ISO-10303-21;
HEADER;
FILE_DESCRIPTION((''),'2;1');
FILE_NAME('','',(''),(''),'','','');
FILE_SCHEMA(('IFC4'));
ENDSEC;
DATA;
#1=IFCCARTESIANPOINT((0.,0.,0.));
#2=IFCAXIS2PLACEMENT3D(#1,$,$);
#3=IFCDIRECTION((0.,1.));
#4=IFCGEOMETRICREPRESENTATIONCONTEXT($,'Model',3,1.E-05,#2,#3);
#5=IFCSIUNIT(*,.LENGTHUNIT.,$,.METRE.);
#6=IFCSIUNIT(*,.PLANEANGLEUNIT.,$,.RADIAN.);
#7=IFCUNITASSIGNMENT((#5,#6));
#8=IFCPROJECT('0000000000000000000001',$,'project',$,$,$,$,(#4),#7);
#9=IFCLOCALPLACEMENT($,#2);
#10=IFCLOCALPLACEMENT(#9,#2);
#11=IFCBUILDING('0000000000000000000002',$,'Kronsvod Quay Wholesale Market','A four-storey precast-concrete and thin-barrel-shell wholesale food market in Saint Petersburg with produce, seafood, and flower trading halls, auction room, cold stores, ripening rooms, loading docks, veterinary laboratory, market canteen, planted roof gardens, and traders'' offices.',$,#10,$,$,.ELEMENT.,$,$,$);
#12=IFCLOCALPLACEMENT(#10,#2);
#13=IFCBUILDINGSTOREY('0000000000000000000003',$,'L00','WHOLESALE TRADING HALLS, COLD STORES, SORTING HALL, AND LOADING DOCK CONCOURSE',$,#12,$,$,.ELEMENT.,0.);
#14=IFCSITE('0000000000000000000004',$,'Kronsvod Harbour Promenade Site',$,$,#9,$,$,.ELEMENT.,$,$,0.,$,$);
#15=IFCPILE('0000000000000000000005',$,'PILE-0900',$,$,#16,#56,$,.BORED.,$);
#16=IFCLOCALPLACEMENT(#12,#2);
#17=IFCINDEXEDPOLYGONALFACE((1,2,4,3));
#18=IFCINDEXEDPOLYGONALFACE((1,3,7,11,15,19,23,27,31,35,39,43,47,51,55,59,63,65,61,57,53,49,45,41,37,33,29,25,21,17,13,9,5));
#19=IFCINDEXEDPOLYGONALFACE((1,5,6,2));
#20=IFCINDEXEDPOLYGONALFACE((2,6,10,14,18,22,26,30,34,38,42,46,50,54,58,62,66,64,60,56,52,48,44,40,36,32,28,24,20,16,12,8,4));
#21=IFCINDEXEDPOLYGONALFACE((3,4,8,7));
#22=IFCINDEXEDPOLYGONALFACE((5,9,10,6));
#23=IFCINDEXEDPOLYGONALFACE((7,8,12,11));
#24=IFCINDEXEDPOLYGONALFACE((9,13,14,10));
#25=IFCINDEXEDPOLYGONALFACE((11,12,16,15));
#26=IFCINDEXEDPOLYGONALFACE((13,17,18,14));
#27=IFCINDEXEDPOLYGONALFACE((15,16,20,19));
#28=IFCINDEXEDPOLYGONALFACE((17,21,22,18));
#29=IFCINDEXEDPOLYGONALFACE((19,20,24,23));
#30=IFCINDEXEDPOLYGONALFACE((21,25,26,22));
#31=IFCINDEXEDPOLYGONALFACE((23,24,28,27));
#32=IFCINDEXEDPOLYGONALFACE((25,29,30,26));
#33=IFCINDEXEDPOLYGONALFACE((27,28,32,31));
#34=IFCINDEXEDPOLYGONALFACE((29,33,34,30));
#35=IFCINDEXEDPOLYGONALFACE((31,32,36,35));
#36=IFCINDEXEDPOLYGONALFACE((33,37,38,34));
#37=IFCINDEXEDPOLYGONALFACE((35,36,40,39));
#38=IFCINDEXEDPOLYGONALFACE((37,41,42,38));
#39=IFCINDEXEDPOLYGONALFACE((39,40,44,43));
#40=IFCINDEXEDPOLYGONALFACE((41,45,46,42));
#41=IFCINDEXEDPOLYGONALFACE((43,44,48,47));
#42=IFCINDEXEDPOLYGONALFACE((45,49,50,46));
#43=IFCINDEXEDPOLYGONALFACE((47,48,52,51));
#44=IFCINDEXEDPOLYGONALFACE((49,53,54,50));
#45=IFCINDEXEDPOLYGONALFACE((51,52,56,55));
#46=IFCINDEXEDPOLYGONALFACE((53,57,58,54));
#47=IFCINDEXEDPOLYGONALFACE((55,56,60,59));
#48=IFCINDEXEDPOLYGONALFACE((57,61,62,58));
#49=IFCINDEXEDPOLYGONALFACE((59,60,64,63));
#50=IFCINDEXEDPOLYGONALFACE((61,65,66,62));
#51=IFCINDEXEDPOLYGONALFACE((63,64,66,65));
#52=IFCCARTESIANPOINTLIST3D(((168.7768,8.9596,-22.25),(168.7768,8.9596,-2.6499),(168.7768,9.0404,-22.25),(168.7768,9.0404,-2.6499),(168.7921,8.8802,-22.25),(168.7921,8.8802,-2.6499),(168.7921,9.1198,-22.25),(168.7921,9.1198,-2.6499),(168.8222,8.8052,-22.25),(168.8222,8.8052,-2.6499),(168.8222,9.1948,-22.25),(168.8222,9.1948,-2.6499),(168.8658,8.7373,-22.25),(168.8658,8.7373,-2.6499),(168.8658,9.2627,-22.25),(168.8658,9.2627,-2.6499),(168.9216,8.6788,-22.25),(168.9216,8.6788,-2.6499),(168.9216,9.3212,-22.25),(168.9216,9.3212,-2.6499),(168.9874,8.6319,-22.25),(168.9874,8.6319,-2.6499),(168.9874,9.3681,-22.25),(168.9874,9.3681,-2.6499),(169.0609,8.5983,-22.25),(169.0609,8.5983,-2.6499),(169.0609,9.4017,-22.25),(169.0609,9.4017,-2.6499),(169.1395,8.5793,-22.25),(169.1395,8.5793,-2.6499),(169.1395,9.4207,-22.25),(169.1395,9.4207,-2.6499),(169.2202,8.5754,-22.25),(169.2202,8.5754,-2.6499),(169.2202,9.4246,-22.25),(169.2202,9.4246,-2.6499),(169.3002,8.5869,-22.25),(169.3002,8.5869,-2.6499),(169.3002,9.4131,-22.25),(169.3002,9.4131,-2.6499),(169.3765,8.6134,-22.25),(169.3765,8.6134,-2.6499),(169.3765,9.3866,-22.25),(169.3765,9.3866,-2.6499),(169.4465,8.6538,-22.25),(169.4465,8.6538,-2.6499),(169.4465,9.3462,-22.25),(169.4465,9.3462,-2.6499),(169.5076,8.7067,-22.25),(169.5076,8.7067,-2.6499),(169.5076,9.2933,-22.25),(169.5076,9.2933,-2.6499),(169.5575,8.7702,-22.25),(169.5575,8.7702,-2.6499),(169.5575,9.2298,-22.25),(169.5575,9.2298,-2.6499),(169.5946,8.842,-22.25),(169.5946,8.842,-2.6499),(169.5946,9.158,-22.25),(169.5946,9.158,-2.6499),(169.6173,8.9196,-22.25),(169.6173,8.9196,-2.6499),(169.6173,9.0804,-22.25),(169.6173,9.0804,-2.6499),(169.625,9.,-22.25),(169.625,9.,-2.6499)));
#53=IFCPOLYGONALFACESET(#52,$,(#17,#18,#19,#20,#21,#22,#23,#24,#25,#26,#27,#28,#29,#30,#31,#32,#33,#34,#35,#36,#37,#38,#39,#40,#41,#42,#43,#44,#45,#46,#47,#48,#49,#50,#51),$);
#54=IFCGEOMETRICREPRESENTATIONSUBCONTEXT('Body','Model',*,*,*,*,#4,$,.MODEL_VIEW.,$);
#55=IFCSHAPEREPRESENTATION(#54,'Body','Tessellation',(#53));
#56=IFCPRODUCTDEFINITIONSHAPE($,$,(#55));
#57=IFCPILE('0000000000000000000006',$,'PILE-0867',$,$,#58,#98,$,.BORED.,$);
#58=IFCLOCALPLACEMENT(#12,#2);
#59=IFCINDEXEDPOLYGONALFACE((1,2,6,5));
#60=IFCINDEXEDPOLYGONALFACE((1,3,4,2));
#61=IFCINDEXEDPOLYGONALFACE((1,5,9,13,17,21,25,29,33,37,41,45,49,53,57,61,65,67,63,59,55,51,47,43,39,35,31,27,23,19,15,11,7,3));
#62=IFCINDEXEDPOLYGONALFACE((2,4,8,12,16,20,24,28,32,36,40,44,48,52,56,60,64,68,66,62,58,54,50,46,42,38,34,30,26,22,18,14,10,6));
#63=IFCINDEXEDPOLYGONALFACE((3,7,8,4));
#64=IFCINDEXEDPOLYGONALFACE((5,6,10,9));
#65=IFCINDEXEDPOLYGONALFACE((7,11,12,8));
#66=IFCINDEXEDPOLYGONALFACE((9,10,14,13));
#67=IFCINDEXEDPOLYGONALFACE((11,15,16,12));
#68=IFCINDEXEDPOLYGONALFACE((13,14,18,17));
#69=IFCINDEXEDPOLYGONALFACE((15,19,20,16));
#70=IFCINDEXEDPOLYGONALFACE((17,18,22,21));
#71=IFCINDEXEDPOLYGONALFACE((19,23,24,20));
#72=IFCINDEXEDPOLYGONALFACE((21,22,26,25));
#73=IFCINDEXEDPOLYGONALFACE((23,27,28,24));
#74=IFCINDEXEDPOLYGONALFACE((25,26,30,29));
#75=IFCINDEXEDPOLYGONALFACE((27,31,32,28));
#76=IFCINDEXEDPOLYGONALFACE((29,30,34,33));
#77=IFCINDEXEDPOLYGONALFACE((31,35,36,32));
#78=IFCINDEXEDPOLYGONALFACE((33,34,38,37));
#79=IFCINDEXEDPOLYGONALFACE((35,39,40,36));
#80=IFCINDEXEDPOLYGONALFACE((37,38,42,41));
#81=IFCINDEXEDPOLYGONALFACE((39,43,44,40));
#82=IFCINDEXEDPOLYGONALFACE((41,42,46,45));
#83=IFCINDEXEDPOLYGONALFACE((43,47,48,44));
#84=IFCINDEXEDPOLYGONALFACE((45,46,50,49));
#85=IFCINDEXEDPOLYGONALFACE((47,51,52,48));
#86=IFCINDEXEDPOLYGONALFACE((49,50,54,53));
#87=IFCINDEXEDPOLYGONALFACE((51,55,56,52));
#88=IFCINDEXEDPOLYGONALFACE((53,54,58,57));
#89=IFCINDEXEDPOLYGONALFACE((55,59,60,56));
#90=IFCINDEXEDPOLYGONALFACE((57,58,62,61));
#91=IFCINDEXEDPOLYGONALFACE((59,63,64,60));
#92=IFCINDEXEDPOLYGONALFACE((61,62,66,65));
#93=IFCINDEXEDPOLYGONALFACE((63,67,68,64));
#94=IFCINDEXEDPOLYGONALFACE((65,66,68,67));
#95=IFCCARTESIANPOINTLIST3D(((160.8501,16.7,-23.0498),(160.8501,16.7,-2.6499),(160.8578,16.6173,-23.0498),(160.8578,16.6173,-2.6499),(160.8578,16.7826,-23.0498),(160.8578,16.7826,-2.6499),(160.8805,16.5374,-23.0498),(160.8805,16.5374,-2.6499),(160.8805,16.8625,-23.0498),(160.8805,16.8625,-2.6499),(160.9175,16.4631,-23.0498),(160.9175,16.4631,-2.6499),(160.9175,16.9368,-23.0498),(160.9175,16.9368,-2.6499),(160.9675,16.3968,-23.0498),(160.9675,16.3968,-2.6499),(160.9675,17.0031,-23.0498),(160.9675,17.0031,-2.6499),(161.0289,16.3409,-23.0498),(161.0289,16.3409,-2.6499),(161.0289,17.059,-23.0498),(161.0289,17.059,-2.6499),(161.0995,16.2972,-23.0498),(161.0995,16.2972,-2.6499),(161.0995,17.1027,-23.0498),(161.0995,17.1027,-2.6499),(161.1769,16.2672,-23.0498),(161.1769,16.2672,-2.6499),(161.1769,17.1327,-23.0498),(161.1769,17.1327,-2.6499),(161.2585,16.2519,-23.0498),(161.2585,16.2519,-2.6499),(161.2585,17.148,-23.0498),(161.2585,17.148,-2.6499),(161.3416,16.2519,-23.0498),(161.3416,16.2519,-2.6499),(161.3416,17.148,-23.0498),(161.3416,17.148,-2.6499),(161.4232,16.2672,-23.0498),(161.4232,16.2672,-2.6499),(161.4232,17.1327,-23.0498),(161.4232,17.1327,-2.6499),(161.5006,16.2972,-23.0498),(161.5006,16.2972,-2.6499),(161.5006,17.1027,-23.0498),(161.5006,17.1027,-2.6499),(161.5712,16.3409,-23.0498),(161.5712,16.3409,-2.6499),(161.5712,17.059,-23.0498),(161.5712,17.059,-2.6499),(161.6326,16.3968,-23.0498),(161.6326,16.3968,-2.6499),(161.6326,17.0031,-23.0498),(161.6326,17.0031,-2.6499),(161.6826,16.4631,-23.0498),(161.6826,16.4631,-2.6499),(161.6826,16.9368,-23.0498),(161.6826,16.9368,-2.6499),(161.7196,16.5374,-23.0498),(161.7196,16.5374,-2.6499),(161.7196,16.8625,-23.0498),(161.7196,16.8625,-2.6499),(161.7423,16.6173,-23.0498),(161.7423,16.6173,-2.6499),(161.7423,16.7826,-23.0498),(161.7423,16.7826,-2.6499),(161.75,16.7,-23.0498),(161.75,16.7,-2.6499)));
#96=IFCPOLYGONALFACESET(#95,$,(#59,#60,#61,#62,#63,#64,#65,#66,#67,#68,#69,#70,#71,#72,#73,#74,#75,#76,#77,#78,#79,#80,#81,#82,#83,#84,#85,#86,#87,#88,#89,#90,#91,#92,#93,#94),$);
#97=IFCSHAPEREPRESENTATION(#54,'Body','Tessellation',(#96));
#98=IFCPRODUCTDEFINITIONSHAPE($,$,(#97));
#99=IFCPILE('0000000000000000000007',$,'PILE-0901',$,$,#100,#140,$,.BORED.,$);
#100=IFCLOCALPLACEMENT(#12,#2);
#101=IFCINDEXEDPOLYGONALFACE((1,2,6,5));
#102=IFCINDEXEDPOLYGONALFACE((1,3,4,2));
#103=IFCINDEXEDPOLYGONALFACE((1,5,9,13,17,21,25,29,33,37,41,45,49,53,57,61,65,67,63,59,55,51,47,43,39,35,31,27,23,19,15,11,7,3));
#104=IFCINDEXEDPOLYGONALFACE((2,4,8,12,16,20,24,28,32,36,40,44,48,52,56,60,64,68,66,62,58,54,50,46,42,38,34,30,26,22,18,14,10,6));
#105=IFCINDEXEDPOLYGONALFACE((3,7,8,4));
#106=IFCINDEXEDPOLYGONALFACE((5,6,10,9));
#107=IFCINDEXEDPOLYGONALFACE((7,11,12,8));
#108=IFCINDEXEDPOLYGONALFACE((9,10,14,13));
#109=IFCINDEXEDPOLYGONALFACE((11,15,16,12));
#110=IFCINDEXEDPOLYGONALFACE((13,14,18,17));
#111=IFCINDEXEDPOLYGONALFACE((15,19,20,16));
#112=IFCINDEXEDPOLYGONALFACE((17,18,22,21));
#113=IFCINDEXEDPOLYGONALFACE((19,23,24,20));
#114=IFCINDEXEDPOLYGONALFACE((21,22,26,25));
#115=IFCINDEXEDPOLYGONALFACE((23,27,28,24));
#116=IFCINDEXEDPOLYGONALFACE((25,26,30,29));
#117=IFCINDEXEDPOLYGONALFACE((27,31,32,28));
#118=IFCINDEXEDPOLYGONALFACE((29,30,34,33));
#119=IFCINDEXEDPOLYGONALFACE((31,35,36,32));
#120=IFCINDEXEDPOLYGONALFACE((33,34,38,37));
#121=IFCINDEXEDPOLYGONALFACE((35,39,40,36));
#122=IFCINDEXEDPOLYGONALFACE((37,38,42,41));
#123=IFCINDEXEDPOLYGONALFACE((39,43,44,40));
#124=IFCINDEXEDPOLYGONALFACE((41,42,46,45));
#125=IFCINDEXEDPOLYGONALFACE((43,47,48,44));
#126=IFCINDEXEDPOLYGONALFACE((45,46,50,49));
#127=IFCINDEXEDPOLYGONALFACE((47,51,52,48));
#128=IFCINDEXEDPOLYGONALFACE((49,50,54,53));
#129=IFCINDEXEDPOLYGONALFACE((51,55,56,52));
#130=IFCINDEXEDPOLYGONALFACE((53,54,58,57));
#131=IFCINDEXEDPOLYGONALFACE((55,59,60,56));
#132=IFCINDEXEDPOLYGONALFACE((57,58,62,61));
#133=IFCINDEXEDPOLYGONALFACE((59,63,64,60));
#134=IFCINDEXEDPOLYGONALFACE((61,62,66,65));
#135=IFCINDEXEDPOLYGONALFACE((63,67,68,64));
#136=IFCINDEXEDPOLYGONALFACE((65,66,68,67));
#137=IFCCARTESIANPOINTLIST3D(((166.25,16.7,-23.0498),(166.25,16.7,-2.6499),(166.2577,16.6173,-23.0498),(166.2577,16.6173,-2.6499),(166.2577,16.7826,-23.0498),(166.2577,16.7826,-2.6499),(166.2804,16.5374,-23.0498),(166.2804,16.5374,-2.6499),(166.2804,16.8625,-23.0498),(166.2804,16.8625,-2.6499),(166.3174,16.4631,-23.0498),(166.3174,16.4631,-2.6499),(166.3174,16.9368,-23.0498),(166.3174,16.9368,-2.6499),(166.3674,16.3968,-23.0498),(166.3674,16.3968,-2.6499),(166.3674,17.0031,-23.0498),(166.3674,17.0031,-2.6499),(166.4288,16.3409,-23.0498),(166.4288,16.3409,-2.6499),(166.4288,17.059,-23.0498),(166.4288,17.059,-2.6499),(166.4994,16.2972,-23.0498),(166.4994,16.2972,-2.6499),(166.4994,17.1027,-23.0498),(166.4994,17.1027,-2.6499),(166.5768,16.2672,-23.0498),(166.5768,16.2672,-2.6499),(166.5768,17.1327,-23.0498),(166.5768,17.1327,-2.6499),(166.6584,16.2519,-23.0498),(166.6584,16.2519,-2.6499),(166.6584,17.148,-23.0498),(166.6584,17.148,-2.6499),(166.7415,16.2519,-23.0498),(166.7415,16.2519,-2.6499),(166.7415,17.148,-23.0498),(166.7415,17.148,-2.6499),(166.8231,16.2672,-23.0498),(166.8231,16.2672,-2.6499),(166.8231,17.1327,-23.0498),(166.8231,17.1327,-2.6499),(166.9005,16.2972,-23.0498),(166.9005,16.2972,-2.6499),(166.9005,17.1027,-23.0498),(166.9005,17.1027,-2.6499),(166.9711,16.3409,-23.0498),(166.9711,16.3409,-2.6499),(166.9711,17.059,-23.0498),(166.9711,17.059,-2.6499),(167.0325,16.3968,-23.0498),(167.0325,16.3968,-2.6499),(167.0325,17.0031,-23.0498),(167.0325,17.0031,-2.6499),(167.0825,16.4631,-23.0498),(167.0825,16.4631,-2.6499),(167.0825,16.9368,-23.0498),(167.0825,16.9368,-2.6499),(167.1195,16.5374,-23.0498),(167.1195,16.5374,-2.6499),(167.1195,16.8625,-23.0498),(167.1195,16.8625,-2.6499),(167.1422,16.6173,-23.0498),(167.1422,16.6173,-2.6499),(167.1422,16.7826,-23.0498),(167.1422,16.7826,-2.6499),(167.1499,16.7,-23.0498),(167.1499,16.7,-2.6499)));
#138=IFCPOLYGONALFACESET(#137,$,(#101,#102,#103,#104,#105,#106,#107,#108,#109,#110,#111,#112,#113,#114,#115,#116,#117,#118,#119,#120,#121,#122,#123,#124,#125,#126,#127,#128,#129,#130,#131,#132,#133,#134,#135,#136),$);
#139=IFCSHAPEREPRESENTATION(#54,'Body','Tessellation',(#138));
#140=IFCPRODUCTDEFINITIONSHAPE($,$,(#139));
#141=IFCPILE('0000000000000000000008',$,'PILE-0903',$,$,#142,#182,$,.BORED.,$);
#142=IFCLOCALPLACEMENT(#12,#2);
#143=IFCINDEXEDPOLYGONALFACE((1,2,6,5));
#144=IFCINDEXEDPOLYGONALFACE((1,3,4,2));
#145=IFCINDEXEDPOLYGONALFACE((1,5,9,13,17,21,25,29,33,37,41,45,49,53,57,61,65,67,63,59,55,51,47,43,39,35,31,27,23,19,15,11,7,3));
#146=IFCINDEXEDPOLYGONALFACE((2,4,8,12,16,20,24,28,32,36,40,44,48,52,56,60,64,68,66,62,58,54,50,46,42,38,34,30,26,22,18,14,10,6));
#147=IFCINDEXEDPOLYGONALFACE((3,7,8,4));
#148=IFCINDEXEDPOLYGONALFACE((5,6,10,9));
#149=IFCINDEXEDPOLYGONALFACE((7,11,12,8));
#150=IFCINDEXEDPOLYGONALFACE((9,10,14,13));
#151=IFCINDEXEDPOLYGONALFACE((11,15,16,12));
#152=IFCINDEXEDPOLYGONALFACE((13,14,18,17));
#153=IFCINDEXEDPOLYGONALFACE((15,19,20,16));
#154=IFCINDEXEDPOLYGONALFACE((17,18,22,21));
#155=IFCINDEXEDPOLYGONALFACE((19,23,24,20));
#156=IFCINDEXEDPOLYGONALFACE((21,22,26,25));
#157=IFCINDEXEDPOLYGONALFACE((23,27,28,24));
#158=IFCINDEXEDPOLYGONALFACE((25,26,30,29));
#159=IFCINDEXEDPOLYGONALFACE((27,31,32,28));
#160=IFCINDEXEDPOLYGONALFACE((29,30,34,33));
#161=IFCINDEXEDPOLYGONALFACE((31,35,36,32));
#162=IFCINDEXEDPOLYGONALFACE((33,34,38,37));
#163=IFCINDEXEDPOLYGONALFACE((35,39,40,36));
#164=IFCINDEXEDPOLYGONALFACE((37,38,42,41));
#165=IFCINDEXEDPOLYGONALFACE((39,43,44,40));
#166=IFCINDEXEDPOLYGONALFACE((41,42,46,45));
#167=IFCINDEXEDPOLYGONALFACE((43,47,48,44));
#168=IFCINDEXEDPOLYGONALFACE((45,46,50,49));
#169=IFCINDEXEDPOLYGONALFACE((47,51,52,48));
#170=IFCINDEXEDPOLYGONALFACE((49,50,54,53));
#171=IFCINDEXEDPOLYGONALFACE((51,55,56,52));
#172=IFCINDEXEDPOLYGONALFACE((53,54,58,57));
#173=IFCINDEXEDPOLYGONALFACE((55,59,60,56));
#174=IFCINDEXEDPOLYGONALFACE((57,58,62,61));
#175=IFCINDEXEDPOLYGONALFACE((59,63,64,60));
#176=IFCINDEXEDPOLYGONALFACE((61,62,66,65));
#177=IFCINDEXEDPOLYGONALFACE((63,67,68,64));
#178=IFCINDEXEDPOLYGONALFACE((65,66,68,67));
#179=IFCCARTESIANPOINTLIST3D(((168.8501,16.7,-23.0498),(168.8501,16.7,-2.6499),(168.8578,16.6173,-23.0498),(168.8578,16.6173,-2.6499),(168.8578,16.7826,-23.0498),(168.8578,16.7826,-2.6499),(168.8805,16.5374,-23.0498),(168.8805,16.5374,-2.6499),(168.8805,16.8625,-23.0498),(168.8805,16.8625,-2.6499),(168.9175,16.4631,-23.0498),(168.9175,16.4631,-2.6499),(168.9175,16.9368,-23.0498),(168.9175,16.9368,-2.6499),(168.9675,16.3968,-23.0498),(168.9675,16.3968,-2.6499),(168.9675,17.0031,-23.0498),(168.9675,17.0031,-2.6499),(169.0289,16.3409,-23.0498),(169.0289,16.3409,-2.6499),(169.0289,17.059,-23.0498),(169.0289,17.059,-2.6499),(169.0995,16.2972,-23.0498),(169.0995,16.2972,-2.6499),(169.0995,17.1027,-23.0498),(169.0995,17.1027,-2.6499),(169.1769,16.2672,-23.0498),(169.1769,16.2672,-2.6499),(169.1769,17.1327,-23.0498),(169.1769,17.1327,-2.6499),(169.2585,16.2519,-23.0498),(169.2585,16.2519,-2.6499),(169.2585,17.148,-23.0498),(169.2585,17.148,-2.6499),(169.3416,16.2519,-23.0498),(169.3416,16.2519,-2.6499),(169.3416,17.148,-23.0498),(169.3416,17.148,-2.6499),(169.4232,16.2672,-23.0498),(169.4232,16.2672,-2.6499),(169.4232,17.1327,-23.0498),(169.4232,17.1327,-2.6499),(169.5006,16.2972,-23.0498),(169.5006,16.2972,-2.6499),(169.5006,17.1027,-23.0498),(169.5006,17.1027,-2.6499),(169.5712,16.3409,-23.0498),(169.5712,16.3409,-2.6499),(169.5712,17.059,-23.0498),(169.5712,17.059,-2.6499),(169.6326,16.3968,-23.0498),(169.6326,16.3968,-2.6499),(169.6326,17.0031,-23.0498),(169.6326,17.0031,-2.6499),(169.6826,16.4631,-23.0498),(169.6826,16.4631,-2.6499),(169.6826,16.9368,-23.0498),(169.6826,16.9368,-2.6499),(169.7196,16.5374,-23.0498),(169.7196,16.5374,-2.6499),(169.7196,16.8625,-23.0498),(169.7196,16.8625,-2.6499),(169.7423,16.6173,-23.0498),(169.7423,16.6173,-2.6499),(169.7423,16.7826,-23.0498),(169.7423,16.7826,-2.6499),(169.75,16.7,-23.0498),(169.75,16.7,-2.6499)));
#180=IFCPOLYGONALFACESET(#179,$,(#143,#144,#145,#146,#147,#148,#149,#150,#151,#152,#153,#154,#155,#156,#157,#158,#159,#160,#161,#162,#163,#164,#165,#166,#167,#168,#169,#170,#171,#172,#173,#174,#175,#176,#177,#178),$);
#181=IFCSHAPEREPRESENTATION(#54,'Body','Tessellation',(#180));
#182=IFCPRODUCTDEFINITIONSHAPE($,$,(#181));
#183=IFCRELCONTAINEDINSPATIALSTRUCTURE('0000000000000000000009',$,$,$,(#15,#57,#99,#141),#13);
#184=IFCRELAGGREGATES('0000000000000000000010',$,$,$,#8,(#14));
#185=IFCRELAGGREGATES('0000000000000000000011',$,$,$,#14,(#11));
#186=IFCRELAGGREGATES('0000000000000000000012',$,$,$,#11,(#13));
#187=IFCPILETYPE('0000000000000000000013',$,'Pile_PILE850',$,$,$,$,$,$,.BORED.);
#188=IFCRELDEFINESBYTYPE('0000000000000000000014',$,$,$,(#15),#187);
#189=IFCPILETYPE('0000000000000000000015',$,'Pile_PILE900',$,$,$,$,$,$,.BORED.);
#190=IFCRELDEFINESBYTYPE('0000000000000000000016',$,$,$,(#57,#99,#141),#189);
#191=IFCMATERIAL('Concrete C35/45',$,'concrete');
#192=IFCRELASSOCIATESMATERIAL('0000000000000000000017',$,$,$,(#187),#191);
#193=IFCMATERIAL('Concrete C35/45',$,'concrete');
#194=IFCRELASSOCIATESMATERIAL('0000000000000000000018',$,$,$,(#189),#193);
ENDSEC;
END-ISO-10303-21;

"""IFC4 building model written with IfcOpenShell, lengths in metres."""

from ifc_helpers import new_model, si_unit, direction, frame, origin, origin_2d, place, context, subcontext, project, spatial, circle, extrude, material, material_profile, profile_set, type_object, element, save


model = new_model("IFC4")

# Units and contexts
model_context = context("Model", 3, precision=1e-05, world=origin(), true_north=direction((0.0, 1.0)))
body_context = subcontext(model_context, "Body", "Model", "MODEL_VIEW")
ifc_project = project(units=[si_unit("LENGTHUNIT", "METRE"), si_unit("PLANEANGLEUNIT", "RADIAN")], contexts=[model_context])

# Site, building, storey
site_placement = place(None, origin())
site = spatial("IfcSite", under=ifc_project, at=site_placement, Name="Kronsvod Harbour Promenade Site", CompositionType="ELEMENT", RefElevation=0.0)
building_placement = place(site_placement, origin())
building = spatial("IfcBuilding", under=site, at=building_placement, Name="Kronsvod Quay Wholesale Market", Description="A four-storey precast-concrete and thin-barrel-shell wholesale food market in Saint Petersburg with produce, seafood, and flower trading halls, auction room, cold stores, ripening rooms, loading docks, veterinary laboratory, market canteen, planted roof gardens, and traders' offices.", CompositionType="ELEMENT")
storey_placement = place(building_placement, origin())
storey = spatial("IfcBuildingStorey", under=building, at=storey_placement, Name="L00", Description="WHOLESALE TRADING HALLS, COLD STORES, SORTING HALL, AND LOADING DOCK CONCOURSE", CompositionType="ELEMENT", Elevation=0.0)

# Piles
ifc_material_1 = material(Name="Concrete C35/45", Category="concrete")
ifc_material_profile_1 = material_profile(ifc_material_1, circle(Radius=0.425, at=origin_2d()), Name="PILE850")
ifc_profile_set_1 = profile_set([ifc_material_profile_1], Name="Concrete C35/45")
pile_type_1 = type_object("IfcPileType", Name="Pile_PILE850", PredefinedType="BORED", material=ifc_profile_set_1)
for number, where, z_axis, x_axis, name in (
    (1, (169.2, 9.0, -2.6499), (0.0, 0.0, -1.0), (1.0, 0.0, 0.0), "PILE-0900"),
):
    element("IfcPile", number, at=place(storey_placement, frame(where, z_axis=z_axis, x_axis=x_axis)), inside=storey, type_object=pile_type_1, Name=name, PredefinedType="BORED", context=body_context, shape_type="SweptSolid", body=[
        extrude(circle(Radius=0.425, at=origin_2d()), origin(), (0.0, 0.0, 1.0), 19.6001),
    ])
ifc_material_2 = material(Name="Concrete C35/45", Category="concrete")
ifc_material_profile_2 = material_profile(ifc_material_2, circle(Radius=0.45, at=origin_2d()), Name="PILE900")
ifc_profile_set_2 = profile_set([ifc_material_profile_2], Name="Concrete C35/45")
pile_type_2 = type_object("IfcPileType", Name="Pile_PILE900", PredefinedType="BORED", material=ifc_profile_set_2)
for number, where, z_axis, x_axis, name in (
    (2, (161.3, 16.7, -2.6499), (0.0, 0.0, -1.0), (1.0, 0.0, 0.0), "PILE-0867"),
    (3, (166.7, 16.7, -2.6499), (0.0, 0.0, -1.0), (1.0, 0.0, 0.0), "PILE-0901"),
    (4, (169.3, 16.7, -2.6499), (0.0, 0.0, -1.0), (1.0, 0.0, 0.0), "PILE-0903"),
):
    element("IfcPile", number, at=place(storey_placement, frame(where, z_axis=z_axis, x_axis=x_axis)), inside=storey, type_object=pile_type_2, Name=name, PredefinedType="BORED", context=body_context, shape_type="SweptSolid", body=[
        extrude(circle(Radius=0.45, at=origin_2d()), origin(), (0.0, 0.0, 1.0), 20.3999),
    ])

save(model, "model.ifc")
